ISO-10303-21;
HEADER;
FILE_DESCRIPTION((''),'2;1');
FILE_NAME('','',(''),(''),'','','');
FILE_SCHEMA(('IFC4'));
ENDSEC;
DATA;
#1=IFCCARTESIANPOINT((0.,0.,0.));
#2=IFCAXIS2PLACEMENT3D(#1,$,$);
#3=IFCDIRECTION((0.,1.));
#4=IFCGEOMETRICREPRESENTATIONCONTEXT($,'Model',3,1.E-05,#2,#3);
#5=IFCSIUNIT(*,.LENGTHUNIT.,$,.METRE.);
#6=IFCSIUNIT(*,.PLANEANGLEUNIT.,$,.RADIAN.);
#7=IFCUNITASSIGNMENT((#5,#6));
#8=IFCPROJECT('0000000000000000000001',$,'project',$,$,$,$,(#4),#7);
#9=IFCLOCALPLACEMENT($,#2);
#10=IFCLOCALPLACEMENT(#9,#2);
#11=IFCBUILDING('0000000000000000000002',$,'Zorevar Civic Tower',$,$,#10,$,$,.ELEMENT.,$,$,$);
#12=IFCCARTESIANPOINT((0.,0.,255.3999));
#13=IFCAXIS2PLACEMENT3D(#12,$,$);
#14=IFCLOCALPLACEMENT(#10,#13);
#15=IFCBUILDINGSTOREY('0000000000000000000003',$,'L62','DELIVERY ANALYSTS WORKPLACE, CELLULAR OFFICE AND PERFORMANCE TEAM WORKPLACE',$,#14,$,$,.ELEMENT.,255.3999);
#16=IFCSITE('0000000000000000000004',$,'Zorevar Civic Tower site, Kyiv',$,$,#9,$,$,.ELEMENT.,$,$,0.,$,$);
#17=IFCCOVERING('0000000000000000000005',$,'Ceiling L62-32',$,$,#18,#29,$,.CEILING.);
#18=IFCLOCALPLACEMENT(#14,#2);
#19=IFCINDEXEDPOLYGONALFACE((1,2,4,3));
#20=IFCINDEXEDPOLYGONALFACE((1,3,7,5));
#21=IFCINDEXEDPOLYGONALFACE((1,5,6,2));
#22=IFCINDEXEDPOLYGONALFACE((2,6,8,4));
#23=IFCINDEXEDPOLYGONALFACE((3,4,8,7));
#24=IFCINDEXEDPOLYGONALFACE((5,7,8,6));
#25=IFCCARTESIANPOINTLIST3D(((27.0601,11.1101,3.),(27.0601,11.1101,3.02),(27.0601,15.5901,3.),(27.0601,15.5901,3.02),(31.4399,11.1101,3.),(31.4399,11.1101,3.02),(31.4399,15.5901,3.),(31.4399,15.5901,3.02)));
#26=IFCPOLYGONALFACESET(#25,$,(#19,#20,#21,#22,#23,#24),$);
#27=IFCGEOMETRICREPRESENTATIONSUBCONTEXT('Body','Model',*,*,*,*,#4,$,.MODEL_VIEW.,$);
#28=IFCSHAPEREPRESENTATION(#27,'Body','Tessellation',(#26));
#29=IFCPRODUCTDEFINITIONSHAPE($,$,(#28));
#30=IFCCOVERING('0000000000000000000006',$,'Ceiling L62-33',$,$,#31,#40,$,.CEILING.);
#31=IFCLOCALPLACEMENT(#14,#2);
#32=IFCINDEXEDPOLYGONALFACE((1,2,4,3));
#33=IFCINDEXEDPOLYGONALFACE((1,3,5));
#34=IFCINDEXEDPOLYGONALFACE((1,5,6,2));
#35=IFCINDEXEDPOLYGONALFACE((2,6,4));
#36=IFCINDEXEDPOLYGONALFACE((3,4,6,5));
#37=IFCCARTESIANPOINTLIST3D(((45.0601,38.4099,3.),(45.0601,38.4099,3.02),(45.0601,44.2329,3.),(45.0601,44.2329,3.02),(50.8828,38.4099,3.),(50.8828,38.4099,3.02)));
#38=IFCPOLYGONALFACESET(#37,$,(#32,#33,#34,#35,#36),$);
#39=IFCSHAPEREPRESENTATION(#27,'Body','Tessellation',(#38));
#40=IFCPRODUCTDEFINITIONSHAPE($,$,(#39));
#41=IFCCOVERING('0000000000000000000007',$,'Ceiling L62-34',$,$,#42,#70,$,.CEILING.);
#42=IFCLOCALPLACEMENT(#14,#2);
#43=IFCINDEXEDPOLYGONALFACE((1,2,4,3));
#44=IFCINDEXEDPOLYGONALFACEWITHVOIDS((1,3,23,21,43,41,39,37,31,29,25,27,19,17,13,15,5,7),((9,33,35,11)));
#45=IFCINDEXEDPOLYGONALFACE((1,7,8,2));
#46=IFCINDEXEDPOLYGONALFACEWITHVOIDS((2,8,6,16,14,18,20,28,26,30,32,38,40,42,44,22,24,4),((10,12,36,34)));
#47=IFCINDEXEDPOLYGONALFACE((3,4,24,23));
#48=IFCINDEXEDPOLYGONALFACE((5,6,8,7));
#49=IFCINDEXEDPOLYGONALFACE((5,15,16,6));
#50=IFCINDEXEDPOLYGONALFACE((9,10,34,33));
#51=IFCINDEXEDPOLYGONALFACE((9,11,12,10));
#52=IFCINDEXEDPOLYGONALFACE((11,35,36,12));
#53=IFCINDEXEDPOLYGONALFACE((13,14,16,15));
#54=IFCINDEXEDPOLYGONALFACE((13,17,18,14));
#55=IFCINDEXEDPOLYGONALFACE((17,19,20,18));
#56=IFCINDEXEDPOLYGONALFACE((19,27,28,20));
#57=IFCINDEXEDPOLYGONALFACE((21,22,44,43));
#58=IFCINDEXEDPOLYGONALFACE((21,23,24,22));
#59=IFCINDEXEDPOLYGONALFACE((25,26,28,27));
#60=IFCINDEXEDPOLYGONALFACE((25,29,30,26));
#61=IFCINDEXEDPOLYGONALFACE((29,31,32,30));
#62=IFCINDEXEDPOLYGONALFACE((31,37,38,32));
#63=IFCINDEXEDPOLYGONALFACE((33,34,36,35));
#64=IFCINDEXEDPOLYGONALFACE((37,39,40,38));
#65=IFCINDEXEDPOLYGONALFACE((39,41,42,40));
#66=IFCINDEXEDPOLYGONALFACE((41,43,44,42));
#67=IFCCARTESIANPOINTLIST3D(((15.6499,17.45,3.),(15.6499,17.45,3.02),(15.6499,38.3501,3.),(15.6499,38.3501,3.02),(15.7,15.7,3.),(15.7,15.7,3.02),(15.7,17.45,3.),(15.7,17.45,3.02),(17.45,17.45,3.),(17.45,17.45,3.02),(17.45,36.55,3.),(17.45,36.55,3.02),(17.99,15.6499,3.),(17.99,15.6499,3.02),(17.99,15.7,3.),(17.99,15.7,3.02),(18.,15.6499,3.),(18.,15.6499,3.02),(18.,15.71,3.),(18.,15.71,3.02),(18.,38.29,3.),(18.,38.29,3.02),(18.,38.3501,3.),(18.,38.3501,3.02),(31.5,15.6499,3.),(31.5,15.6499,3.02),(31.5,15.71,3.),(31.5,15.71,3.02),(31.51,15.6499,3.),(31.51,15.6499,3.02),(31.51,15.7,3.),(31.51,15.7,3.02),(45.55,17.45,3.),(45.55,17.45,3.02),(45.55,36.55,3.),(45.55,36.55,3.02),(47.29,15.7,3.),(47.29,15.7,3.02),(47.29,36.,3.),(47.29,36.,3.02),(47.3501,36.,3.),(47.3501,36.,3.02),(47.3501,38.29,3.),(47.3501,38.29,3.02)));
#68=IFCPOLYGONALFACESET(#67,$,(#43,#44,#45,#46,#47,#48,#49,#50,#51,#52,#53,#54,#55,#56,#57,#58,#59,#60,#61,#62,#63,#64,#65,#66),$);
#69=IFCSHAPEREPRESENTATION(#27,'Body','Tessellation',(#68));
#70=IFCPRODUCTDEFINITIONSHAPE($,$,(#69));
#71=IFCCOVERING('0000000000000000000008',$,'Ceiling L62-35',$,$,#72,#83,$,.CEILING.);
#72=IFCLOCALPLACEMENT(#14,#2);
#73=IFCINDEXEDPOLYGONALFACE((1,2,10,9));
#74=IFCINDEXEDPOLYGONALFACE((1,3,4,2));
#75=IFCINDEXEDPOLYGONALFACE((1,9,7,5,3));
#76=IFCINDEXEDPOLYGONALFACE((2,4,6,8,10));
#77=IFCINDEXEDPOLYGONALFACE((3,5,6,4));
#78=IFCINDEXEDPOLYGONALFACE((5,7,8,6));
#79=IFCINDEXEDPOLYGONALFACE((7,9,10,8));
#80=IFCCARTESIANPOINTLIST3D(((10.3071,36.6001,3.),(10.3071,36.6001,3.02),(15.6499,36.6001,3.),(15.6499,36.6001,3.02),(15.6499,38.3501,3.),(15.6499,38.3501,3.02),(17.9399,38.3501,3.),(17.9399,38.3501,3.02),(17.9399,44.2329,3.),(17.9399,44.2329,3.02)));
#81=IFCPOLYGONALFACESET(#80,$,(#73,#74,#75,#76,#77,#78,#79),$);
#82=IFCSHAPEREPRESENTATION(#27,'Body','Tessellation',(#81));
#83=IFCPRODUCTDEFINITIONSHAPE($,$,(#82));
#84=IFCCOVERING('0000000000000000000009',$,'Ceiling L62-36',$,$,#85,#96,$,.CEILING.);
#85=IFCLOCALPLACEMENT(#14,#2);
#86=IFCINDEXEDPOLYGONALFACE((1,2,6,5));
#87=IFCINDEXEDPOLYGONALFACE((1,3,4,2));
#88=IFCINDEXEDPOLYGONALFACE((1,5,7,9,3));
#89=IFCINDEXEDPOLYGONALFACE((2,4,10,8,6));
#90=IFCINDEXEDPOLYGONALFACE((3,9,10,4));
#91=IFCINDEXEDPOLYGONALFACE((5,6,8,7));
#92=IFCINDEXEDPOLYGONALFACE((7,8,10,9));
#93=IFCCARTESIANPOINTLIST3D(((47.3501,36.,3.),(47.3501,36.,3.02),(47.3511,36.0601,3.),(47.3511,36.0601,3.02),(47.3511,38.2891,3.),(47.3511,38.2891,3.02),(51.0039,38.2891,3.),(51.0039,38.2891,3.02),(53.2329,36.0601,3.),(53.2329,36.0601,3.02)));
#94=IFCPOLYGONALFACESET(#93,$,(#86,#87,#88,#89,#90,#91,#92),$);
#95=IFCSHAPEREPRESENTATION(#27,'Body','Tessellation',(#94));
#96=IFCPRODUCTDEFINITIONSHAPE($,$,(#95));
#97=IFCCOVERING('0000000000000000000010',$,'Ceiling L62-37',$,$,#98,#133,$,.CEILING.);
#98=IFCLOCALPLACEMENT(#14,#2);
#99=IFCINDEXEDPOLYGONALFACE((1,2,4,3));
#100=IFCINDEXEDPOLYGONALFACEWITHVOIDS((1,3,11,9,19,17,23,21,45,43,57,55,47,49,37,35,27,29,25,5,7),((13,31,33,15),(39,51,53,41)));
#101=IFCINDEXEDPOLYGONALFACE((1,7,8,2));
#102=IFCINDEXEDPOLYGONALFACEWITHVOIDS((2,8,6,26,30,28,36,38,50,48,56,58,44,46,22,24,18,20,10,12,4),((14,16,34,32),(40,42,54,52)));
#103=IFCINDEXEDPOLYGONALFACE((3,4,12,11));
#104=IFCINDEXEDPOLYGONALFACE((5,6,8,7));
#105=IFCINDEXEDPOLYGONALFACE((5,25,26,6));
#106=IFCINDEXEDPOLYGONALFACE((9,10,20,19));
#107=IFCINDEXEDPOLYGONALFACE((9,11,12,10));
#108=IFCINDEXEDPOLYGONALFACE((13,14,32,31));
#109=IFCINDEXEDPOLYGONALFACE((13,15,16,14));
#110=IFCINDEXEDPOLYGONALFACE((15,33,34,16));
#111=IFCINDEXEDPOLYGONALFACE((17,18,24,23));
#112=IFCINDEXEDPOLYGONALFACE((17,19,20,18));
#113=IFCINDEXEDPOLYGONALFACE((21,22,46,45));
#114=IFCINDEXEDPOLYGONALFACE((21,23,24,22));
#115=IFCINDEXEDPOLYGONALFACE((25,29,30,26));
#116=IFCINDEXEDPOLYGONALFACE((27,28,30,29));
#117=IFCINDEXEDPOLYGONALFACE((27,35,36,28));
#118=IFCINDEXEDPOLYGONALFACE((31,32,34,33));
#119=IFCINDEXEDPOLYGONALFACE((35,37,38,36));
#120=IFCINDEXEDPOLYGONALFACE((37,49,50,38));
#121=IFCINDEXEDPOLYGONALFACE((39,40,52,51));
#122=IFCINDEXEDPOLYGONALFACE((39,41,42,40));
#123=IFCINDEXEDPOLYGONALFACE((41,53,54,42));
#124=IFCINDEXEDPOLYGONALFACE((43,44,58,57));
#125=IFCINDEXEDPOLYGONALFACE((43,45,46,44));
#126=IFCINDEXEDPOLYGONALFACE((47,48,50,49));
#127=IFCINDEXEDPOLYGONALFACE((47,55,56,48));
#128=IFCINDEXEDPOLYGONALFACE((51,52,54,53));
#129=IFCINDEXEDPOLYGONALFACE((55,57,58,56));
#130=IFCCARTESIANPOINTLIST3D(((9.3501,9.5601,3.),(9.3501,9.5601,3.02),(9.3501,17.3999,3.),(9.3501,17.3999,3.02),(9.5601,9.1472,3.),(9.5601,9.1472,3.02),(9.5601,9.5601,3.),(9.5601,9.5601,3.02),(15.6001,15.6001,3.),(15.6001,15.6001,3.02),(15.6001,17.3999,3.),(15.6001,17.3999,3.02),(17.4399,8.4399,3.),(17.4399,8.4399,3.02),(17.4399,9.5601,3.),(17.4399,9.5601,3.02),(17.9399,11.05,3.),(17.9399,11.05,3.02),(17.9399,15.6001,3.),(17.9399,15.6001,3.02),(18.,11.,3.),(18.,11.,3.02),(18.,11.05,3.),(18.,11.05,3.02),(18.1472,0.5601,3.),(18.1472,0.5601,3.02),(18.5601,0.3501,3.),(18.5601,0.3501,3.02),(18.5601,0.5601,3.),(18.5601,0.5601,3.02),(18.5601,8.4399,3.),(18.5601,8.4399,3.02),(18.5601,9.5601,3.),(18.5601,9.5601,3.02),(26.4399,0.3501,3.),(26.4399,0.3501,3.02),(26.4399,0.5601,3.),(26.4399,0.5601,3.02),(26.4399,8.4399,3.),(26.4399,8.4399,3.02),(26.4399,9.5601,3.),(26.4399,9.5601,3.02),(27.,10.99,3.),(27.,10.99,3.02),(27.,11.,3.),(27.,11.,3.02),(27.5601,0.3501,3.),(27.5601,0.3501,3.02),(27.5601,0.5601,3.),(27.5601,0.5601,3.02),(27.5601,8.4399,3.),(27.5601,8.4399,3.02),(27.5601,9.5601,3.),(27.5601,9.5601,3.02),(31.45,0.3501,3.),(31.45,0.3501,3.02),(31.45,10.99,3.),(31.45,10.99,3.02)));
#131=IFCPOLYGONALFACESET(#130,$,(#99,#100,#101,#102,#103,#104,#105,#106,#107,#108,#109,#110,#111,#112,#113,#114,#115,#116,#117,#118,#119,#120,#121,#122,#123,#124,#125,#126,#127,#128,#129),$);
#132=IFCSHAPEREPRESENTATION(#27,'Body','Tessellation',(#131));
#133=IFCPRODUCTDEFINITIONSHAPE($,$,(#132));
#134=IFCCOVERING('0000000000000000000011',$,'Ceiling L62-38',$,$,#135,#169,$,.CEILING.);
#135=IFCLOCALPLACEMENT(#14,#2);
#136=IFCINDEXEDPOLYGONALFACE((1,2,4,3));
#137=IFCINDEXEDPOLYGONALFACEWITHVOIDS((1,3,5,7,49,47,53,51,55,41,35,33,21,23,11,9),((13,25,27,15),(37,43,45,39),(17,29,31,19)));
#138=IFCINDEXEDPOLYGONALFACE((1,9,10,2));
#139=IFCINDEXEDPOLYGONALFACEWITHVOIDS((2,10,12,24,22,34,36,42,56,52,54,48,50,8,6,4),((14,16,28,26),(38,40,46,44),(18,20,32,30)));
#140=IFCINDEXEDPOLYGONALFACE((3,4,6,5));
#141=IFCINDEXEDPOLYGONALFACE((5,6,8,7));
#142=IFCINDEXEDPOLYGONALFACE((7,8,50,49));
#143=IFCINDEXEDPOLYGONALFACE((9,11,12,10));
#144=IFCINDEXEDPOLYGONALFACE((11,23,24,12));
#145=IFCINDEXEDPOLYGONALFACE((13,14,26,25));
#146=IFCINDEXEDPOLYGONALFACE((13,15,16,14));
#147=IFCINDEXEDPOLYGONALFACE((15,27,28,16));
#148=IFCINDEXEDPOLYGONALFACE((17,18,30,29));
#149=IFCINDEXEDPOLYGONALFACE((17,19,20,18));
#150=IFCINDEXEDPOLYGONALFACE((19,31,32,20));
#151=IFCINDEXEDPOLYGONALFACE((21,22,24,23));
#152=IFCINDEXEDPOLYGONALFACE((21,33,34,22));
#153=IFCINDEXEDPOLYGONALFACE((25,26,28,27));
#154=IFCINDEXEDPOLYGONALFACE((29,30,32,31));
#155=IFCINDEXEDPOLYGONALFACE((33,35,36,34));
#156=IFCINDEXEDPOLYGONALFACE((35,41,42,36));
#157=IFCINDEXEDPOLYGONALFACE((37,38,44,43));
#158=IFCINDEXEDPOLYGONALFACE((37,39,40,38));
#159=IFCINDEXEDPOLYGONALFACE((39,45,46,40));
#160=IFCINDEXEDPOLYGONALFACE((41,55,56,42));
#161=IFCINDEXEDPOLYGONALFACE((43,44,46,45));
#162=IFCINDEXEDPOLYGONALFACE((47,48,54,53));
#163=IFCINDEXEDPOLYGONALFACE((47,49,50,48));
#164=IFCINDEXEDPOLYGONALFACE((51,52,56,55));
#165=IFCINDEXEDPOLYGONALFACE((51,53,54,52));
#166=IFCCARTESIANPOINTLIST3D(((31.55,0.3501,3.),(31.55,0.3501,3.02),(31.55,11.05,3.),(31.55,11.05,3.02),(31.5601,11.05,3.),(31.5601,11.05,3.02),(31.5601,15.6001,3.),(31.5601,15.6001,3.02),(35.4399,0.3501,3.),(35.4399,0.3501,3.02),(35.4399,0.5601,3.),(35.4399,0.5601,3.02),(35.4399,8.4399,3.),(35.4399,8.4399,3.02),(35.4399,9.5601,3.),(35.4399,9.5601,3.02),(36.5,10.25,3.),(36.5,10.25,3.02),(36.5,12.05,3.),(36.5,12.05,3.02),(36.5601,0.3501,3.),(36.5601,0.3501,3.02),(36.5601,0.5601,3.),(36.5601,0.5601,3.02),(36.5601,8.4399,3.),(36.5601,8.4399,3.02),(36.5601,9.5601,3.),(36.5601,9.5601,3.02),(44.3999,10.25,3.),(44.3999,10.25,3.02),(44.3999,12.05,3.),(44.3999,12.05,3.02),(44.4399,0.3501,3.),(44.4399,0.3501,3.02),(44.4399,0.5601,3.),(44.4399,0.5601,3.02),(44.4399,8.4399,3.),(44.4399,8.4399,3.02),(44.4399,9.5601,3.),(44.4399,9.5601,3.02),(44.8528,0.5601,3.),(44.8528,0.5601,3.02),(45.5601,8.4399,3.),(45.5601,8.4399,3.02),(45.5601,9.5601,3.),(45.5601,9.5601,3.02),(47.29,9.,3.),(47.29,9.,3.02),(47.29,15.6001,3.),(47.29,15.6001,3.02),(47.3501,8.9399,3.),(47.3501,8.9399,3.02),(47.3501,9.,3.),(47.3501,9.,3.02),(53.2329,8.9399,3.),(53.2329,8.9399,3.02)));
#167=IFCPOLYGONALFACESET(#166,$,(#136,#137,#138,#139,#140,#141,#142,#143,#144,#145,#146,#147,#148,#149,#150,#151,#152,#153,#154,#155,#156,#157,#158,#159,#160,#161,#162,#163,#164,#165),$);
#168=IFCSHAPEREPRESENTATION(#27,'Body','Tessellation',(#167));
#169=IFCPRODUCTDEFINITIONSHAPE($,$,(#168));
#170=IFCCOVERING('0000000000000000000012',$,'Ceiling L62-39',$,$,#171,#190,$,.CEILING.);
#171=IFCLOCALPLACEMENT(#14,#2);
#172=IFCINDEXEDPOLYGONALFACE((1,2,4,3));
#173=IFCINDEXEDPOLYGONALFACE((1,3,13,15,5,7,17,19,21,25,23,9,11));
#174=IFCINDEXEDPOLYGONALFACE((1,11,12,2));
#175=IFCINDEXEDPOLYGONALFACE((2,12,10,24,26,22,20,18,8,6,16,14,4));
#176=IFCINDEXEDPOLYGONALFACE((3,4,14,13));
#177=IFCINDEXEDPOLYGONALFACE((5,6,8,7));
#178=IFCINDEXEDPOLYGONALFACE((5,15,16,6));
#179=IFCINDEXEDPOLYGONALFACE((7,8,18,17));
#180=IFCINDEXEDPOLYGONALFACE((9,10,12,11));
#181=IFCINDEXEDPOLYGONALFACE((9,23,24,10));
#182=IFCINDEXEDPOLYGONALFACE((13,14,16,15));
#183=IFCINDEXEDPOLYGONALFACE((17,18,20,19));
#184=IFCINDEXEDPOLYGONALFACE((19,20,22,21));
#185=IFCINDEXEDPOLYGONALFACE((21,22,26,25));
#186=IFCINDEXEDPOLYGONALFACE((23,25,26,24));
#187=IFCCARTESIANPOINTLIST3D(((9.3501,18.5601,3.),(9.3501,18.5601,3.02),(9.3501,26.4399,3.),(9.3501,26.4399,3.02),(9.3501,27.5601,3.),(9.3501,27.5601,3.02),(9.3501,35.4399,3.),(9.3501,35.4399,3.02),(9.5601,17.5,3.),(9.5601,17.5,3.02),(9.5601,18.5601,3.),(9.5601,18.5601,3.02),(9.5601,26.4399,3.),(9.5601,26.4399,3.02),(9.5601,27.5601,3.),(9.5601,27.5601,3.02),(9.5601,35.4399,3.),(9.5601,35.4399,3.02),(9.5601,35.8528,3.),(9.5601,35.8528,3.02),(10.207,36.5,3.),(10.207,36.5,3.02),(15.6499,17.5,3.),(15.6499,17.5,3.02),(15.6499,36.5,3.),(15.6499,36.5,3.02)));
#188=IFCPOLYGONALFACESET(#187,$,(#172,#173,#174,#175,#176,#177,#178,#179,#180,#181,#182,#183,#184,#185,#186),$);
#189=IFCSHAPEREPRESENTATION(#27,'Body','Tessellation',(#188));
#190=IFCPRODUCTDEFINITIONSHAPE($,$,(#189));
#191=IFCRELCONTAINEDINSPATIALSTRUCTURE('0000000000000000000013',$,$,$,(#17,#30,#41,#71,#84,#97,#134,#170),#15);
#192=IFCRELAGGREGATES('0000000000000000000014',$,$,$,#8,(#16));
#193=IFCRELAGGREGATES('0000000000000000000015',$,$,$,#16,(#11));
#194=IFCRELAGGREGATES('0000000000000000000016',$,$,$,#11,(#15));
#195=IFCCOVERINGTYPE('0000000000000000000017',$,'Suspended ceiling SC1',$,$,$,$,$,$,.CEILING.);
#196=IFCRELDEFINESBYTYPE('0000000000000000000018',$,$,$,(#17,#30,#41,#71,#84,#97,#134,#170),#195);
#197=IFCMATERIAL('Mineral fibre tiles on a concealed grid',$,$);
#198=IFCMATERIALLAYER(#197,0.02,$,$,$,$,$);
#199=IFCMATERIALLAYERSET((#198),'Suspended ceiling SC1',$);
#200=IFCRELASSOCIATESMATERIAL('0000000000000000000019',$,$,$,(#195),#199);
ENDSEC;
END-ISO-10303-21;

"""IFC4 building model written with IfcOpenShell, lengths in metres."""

from ifc_helpers import new_model, si_unit, direction, frame, origin, place, context, subcontext, project, spatial, polyline, outline, extrude, material, layer, layer_set, type_object, element, save


model = new_model("IFC4")

# Units and contexts
model_context = context("Model", 3, precision=1e-05, world=origin(), true_north=direction((0.0, 1.0)))
body_context = subcontext(model_context, "Body", "Model", "MODEL_VIEW")
ifc_project = project(units=[si_unit("LENGTHUNIT", "METRE"), si_unit("PLANEANGLEUNIT", "RADIAN")], contexts=[model_context])

# Site, building, storey
site_placement = place(None, origin())
site = spatial("IfcSite", under=ifc_project, at=site_placement, Name="Zorevar Civic Tower site, Kyiv", CompositionType="ELEMENT", RefElevation=0.0)
building_placement = place(site_placement, origin())
building = spatial("IfcBuilding", under=site, at=building_placement, Name="Zorevar Civic Tower", CompositionType="ELEMENT")
storey_placement = place(building_placement, frame((0.0, 0.0, 255.3999)))
storey = spatial("IfcBuildingStorey", under=building, at=storey_placement, Name="L62", Description="DELIVERY ANALYSTS WORKPLACE, CELLULAR OFFICE AND PERFORMANCE TEAM WORKPLACE", CompositionType="ELEMENT", Elevation=255.3999)

# Coverings
ifc_material_1 = material(Name="Mineral fibre tiles on a concealed grid")
ifc_layer_1 = layer(ifc_material_1, 0.02)
ifc_layer_set_1 = layer_set([ifc_layer_1], Name="Suspended ceiling SC1")
covering_type_1 = type_object("IfcCoveringType", Name="Suspended ceiling SC1", PredefinedType="CEILING", material=ifc_layer_set_1)
covering_1_placement = place(storey_placement, frame((0.0, 0.0, 3.0)))
element("IfcCovering", 1, at=covering_1_placement, inside=storey, type_object=covering_type_1, Name="Ceiling L62-32", PredefinedType="CEILING", context=body_context, shape_type="SweptSolid", body=[
    extrude(outline(polyline([(31.4399, 15.5901), (31.4399, 11.1101), (27.0601, 11.1101), (27.0601, 15.5901), (31.4399, 15.5901)])), origin(), (0.0, 0.0, 1.0), 0.02),
])
covering_2_placement = place(storey_placement, frame((0.0, 0.0, 3.0)))
element("IfcCovering", 2, at=covering_2_placement, inside=storey, type_object=covering_type_1, Name="Ceiling L62-33", PredefinedType="CEILING", context=body_context, shape_type="SweptSolid", body=[
    extrude(outline(polyline([(45.0601, 38.4099), (45.0601, 44.2329), (50.8828, 38.4099), (45.0601, 38.4099)])), origin(), (0.0, 0.0, 1.0), 0.02),
])
covering_3_placement = place(storey_placement, frame((0.0, 0.0, 3.0)))
element("IfcCovering", 3, at=covering_3_placement, inside=storey, type_object=covering_type_1, Name="Ceiling L62-34", PredefinedType="CEILING", context=body_context, shape_type="SweptSolid", body=[
    extrude(outline(polyline([(15.6499, 17.45), (15.6499, 38.3501), (18.0, 38.3501), (18.0, 38.29), (47.3501, 38.29), (47.3501, 36.0), (47.29, 36.0), (47.29, 15.7), (31.51, 15.7), (31.51, 15.6499), (31.5, 15.6499), (31.5, 15.71), (18.0, 15.71), (18.0, 15.6499), (17.99, 15.6499), (17.99, 15.7), (15.7, 15.7), (15.7, 17.45), (15.6499, 17.45)]), holes=[polyline([(17.45, 36.55), (17.45, 17.45), (45.55, 17.45), (45.55, 36.55), (17.45, 36.55)])]), origin(), (0.0, 0.0, 1.0), 0.02),
])
covering_4_placement = place(storey_placement, frame((0.0, 0.0, 3.0)))
element("IfcCovering", 4, at=covering_4_placement, inside=storey, type_object=covering_type_1, Name="Ceiling L62-35", PredefinedType="CEILING", context=body_context, shape_type="SweptSolid", body=[
    extrude(outline(polyline([(17.9399, 38.3501), (15.6499, 38.3501), (15.6499, 36.6001), (10.3071, 36.6001), (17.9399, 44.2329), (17.9399, 38.3501)])), origin(), (0.0, 0.0, 1.0), 0.02),
])
covering_5_placement = place(storey_placement, frame((0.0, 0.0, 3.0)))
element("IfcCovering", 5, at=covering_5_placement, inside=storey, type_object=covering_type_1, Name="Ceiling L62-36", PredefinedType="CEILING", context=body_context, shape_type="SweptSolid", body=[
    extrude(outline(polyline([(47.3501, 36.0), (47.3511, 38.2891), (51.0039, 38.2891), (53.2329, 36.0601), (47.3511, 36.0601), (47.3501, 36.0)])), origin(), (0.0, 0.0, 1.0), 0.02),
])
covering_6_placement = place(storey_placement, frame((0.0, 0.0, 3.0)))
element("IfcCovering", 6, at=covering_6_placement, inside=storey, type_object=covering_type_1, Name="Ceiling L62-37", PredefinedType="CEILING", context=body_context, shape_type="SweptSolid", body=[
    extrude(outline(polyline([(9.5601, 9.5601), (9.3501, 9.5601), (9.3501, 17.3999), (15.6001, 17.3999), (15.6001, 15.6001), (17.9399, 15.6001), (17.9399, 11.05), (18.0, 11.05), (18.0, 11.0), (27.0, 11.0), (27.0, 10.99), (31.45, 10.99), (31.45, 0.3501), (27.5601, 0.3501), (27.5601, 0.5601), (26.4399, 0.5601), (26.4399, 0.3501), (18.5601, 0.3501), (18.5601, 0.5601), (18.1472, 0.5601), (9.5601, 9.1472), (9.5601, 9.5601)]), holes=[polyline([(18.5601, 8.4399), (18.5601, 9.5601), (17.4399, 9.5601), (17.4399, 8.4399), (18.5601, 8.4399)]), polyline([(26.4399, 9.5601), (26.4399, 8.4399), (27.5601, 8.4399), (27.5601, 9.5601), (26.4399, 9.5601)])]), origin(), (0.0, 0.0, 1.0), 0.02),
])
covering_7_placement = place(storey_placement, frame((0.0, 0.0, 3.0)))
element("IfcCovering", 7, at=covering_7_placement, inside=storey, type_object=covering_type_1, Name="Ceiling L62-38", PredefinedType="CEILING", context=body_context, shape_type="SweptSolid", body=[
    extrude(outline(polyline([(44.4399, 0.5601), (44.4399, 0.3501), (36.5601, 0.3501), (36.5601, 0.5601), (35.4399, 0.5601), (35.4399, 0.3501), (31.55, 0.3501), (31.55, 11.05), (31.5601, 11.05), (31.5601, 15.6001), (47.29, 15.6001), (47.29, 9.0), (47.3501, 9.0), (47.3501, 8.9399), (53.2329, 8.9399), (44.8528, 0.5601), (44.4399, 0.5601)]), holes=[polyline([(44.3999, 12.05), (36.5, 12.05), (36.5, 10.25), (44.3999, 10.25), (44.3999, 12.05)]), polyline([(36.5601, 9.5601), (35.4399, 9.5601), (35.4399, 8.4399), (36.5601, 8.4399), (36.5601, 9.5601)]), polyline([(44.4399, 8.4399), (45.5601, 8.4399), (45.5601, 9.5601), (44.4399, 9.5601), (44.4399, 8.4399)])]), origin(), (0.0, 0.0, 1.0), 0.02),
])
covering_8_placement = place(storey_placement, frame((0.0, 0.0, 3.0)))
element("IfcCovering", 8, at=covering_8_placement, inside=storey, type_object=covering_type_1, Name="Ceiling L62-39", PredefinedType="CEILING", context=body_context, shape_type="SweptSolid", body=[
    extrude(outline(polyline([(15.6499, 17.5), (9.5601, 17.5), (9.5601, 18.5601), (9.3501, 18.5601), (9.3501, 26.4399), (9.5601, 26.4399), (9.5601, 27.5601), (9.3501, 27.5601), (9.3501, 35.4399), (9.5601, 35.4399), (9.5601, 35.8528), (10.207, 36.5), (15.6499, 36.5), (15.6499, 17.5)])), origin(), (0.0, 0.0, 1.0), 0.02),
])

save(model, "model.ifc")
